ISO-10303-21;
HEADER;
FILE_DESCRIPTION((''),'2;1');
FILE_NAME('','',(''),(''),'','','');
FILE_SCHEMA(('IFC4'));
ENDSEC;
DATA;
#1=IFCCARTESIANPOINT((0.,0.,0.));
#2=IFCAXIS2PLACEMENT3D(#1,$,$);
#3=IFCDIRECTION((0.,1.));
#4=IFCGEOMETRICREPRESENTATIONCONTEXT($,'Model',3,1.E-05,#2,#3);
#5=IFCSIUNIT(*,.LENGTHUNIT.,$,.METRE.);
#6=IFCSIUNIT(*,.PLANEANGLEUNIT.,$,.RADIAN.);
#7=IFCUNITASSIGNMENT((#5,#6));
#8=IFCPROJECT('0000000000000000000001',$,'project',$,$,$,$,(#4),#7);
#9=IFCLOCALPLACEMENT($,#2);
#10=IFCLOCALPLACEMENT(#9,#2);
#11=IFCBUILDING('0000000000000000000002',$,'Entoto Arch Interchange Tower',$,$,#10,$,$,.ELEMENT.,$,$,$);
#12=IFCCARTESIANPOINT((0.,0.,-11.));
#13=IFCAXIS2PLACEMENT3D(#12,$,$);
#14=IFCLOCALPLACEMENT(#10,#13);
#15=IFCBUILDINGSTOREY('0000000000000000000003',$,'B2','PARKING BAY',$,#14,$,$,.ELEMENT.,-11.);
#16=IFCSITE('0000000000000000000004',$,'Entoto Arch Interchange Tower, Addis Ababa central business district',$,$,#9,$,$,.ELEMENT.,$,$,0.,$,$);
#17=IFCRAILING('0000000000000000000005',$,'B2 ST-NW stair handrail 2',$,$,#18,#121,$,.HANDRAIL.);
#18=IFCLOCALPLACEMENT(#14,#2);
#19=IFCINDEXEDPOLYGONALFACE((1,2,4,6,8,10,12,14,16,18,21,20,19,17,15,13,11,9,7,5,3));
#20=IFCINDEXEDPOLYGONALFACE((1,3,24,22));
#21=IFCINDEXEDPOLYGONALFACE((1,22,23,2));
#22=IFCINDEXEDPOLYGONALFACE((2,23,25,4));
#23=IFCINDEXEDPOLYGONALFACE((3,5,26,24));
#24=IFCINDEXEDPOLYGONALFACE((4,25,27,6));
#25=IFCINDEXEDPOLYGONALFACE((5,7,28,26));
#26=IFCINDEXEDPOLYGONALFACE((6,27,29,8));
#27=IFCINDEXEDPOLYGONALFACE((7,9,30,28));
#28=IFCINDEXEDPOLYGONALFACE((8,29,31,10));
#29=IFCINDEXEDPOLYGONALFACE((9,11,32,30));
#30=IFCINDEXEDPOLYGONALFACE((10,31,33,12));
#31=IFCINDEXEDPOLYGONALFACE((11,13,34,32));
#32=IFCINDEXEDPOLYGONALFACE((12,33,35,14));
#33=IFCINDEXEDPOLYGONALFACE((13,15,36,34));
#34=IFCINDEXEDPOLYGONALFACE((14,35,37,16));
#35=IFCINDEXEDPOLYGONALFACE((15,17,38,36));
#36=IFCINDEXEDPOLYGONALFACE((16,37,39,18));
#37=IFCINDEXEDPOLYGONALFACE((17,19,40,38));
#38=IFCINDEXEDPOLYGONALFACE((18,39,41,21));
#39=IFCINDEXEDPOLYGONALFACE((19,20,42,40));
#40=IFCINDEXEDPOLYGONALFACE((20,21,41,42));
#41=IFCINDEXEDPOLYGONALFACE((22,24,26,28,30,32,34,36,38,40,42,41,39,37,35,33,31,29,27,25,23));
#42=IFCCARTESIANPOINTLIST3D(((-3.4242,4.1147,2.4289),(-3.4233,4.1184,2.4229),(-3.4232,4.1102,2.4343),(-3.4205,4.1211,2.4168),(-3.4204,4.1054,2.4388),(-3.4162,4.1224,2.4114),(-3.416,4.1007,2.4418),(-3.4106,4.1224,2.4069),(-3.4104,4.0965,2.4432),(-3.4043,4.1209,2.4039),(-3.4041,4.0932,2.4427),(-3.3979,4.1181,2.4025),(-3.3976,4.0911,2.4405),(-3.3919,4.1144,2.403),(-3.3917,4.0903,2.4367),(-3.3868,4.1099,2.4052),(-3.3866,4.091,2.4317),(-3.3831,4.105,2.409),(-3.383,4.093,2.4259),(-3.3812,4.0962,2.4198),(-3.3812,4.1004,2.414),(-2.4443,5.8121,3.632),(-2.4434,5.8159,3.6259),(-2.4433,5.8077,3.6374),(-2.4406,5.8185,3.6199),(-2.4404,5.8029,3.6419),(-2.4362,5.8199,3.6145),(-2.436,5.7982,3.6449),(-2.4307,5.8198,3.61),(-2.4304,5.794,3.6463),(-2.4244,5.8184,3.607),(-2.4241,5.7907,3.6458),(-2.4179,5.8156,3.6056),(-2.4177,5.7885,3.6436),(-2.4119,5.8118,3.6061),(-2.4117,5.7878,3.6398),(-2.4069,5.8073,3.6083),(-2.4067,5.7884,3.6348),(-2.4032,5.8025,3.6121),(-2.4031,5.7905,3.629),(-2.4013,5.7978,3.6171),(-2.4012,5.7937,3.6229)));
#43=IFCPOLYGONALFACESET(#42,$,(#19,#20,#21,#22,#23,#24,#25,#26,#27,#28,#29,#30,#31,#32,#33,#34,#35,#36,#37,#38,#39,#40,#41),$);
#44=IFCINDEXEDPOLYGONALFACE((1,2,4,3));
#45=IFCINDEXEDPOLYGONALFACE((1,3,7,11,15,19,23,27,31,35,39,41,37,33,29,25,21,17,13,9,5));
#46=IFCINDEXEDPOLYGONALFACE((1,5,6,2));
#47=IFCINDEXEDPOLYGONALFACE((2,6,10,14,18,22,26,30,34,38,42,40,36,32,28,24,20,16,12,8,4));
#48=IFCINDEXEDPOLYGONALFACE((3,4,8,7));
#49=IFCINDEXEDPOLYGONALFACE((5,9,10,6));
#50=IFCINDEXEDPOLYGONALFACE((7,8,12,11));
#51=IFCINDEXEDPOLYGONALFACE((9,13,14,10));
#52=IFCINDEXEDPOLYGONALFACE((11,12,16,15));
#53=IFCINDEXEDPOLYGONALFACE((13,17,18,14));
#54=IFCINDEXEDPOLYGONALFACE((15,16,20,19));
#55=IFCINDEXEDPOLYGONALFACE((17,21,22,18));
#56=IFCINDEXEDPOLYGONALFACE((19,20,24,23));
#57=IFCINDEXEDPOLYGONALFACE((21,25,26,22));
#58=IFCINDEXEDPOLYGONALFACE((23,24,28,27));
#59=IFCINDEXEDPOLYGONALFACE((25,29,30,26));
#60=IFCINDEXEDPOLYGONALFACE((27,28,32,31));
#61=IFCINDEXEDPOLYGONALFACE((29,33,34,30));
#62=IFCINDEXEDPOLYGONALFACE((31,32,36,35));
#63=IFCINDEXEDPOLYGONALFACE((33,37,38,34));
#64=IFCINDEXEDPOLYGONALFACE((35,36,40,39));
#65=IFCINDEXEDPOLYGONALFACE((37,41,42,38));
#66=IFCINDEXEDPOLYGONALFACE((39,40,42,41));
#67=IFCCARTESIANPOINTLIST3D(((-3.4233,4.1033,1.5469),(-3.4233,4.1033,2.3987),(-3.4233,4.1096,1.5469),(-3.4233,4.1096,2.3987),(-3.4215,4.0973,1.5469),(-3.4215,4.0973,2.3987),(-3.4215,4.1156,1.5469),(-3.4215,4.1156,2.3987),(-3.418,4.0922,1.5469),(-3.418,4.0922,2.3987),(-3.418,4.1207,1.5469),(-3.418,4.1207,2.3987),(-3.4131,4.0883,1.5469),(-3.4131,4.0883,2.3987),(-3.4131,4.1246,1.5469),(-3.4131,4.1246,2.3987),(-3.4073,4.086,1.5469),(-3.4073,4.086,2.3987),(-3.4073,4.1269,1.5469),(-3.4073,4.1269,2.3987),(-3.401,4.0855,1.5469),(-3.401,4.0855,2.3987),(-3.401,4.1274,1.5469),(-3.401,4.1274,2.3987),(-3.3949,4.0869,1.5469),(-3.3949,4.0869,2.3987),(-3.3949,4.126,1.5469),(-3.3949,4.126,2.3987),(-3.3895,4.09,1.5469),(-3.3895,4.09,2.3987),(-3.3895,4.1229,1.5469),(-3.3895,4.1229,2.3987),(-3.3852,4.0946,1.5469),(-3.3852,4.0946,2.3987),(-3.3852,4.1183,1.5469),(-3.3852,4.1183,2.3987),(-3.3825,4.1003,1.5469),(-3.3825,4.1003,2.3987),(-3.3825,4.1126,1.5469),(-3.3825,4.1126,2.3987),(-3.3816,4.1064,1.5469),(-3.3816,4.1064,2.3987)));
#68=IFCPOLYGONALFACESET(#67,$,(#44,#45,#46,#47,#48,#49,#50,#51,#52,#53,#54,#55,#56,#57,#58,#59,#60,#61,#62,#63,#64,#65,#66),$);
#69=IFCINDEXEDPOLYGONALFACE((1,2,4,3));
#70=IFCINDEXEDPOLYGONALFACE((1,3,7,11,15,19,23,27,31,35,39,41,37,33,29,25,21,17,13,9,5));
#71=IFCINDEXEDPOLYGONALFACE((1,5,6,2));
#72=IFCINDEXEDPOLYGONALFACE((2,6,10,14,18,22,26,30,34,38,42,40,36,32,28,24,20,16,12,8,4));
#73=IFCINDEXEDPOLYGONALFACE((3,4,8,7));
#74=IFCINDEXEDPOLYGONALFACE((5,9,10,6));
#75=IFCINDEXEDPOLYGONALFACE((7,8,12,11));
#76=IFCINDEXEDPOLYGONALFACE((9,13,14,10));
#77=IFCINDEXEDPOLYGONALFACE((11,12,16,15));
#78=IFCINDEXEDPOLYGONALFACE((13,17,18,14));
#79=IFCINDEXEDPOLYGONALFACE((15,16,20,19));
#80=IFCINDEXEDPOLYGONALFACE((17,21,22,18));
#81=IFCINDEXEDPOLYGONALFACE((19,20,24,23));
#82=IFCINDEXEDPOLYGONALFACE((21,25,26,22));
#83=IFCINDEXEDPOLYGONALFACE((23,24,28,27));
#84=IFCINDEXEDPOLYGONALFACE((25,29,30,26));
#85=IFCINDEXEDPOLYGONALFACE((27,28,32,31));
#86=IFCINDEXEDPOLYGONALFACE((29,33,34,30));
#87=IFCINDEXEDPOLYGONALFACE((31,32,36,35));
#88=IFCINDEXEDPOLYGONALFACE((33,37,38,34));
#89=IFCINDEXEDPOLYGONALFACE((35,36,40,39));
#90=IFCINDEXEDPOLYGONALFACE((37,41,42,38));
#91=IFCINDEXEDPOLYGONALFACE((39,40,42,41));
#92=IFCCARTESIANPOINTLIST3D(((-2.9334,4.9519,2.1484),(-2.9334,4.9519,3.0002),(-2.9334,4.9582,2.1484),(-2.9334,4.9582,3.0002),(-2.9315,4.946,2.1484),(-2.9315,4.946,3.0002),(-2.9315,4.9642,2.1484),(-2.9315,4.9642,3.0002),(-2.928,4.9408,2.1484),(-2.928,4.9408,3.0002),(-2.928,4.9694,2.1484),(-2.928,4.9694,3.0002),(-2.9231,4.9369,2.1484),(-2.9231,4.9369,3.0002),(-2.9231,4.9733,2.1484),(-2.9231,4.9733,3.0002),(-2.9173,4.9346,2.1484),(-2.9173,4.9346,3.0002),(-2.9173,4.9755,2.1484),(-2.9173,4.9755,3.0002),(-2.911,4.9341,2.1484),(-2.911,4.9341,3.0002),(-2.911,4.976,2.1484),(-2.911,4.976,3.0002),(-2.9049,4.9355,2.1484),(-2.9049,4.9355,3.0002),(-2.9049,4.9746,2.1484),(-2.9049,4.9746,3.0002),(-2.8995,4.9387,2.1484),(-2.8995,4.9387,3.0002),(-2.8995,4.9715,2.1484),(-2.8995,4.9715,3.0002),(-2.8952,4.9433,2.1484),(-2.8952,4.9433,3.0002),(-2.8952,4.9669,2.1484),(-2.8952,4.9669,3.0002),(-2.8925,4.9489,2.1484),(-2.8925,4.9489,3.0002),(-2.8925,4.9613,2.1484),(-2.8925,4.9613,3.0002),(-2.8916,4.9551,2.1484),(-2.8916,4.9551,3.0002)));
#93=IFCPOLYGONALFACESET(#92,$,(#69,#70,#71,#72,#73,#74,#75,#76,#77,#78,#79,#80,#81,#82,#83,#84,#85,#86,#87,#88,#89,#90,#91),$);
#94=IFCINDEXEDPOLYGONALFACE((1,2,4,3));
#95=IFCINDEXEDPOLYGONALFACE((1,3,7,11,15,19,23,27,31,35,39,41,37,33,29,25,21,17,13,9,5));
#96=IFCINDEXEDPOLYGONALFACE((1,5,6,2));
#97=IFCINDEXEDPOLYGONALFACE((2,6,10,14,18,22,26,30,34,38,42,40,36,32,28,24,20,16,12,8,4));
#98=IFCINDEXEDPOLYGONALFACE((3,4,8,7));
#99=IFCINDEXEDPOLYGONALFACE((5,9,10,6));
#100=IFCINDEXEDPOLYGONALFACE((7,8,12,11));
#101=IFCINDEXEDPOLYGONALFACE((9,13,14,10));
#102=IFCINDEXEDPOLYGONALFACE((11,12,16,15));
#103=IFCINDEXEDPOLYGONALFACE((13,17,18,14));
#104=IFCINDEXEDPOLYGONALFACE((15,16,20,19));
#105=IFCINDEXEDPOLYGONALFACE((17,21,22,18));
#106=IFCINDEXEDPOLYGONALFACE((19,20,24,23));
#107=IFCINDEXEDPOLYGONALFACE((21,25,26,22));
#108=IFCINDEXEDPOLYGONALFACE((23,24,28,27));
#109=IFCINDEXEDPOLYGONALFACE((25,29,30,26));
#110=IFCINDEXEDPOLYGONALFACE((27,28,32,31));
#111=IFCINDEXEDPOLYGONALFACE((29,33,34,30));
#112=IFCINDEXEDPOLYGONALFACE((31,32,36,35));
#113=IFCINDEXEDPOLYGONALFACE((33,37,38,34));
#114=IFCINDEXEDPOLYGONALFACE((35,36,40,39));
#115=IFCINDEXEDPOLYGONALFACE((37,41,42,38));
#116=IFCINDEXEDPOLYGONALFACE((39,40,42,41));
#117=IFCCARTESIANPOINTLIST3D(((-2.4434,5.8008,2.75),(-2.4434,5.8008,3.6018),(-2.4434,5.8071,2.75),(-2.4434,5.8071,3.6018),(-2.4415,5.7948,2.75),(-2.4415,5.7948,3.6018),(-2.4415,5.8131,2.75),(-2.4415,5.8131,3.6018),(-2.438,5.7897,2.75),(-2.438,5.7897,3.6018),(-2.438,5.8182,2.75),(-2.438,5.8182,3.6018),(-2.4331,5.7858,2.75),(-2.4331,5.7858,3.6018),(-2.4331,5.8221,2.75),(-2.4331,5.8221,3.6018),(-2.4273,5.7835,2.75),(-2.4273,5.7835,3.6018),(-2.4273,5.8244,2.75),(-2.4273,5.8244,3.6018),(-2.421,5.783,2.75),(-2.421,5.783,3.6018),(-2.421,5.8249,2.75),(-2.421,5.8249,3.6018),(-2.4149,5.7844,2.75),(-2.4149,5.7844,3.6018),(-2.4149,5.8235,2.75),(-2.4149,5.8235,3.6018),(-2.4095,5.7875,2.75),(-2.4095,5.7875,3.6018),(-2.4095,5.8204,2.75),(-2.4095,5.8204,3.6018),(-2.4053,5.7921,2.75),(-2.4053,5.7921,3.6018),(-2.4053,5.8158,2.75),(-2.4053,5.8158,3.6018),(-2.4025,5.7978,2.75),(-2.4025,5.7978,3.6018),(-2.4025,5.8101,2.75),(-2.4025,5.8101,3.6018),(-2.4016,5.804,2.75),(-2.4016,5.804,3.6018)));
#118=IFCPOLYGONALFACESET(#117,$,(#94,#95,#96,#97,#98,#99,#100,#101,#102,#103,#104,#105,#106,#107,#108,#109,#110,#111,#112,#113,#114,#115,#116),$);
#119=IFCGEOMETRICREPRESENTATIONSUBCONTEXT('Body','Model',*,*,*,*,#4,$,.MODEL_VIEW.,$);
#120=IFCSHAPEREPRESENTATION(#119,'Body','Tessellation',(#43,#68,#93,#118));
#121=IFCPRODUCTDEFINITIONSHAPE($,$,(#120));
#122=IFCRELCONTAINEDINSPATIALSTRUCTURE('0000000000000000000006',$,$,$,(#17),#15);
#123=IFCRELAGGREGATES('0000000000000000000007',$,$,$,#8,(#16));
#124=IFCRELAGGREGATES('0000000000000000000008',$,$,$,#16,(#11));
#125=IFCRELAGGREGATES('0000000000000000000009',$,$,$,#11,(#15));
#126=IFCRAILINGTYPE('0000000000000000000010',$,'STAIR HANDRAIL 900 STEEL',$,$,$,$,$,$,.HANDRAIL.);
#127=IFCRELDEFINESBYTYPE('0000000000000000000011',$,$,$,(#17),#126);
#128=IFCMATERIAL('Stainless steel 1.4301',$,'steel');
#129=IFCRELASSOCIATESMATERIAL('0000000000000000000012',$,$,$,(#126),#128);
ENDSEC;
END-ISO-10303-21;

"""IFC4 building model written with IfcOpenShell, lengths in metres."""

from ifc_helpers import new_model, si_unit, direction, frame, origin, origin_2d, place, context, subcontext, project, spatial, circle, extrude, material, type_object, element, save


model = new_model("IFC4")

# Units and contexts
model_context = context("Model", 3, precision=1e-05, world=origin(), true_north=direction((0.0, 1.0)))
body_context = subcontext(model_context, "Body", "Model", "MODEL_VIEW")
ifc_project = project(units=[si_unit("LENGTHUNIT", "METRE"), si_unit("PLANEANGLEUNIT", "RADIAN")], contexts=[model_context])

# Site, building, storey
site_placement = place(None, origin())
site = spatial("IfcSite", under=ifc_project, at=site_placement, Name="Entoto Arch Interchange Tower, Addis Ababa central business district", CompositionType="ELEMENT", RefElevation=0.0)
building_placement = place(site_placement, origin())
building = spatial("IfcBuilding", under=site, at=building_placement, Name="Entoto Arch Interchange Tower", CompositionType="ELEMENT")
storey_placement = place(building_placement, frame((0.0, 0.0, -11.0)))
storey = spatial("IfcBuildingStorey", under=building, at=storey_placement, Name="B2", Description="PARKING BAY", CompositionType="ELEMENT", Elevation=-11.0)

# Railing
ifc_material_1 = material(Name="Stainless steel 1.4301", Category="steel")
railing_type_1 = type_object("IfcRailingType", Name="STAIR HANDRAIL 900 STEEL", PredefinedType="HANDRAIL", material=ifc_material_1)
railing_1_placement = place(storey_placement, frame((-3.4026, 4.1064, 1.5469)))
element("IfcRailing", 1, at=railing_1_placement, inside=storey, type_object=railing_type_1, Name="B2 ST-NW stair handrail 2", PredefinedType="HANDRAIL", context=body_context, shape_type="SweptSolid", body=[
    extrude(circle(Radius=0.0239, at=origin_2d()), frame((0.0, 0.0, 0.876), z_axis=(0.426102, 0.738089, 0.523127), x_axis=(-0.866042, 0.49997, 0.0)), (0.0, 0.0, 1.0), 2.2998),
    extrude(circle(Radius=0.021, at=origin_2d()), origin(), (0.0, 0.0, 1.0), 0.8518),
    extrude(circle(Radius=0.021, at=origin_2d()), frame((0.49, 0.8486, 0.6016)), (0.0, 0.0, 1.0), 0.8518),
    extrude(circle(Radius=0.021, at=origin_2d()), frame((0.98, 1.6975, 1.2031)), (0.0, 0.0, 1.0), 0.8518),
])

save(model, "model.ifc")
